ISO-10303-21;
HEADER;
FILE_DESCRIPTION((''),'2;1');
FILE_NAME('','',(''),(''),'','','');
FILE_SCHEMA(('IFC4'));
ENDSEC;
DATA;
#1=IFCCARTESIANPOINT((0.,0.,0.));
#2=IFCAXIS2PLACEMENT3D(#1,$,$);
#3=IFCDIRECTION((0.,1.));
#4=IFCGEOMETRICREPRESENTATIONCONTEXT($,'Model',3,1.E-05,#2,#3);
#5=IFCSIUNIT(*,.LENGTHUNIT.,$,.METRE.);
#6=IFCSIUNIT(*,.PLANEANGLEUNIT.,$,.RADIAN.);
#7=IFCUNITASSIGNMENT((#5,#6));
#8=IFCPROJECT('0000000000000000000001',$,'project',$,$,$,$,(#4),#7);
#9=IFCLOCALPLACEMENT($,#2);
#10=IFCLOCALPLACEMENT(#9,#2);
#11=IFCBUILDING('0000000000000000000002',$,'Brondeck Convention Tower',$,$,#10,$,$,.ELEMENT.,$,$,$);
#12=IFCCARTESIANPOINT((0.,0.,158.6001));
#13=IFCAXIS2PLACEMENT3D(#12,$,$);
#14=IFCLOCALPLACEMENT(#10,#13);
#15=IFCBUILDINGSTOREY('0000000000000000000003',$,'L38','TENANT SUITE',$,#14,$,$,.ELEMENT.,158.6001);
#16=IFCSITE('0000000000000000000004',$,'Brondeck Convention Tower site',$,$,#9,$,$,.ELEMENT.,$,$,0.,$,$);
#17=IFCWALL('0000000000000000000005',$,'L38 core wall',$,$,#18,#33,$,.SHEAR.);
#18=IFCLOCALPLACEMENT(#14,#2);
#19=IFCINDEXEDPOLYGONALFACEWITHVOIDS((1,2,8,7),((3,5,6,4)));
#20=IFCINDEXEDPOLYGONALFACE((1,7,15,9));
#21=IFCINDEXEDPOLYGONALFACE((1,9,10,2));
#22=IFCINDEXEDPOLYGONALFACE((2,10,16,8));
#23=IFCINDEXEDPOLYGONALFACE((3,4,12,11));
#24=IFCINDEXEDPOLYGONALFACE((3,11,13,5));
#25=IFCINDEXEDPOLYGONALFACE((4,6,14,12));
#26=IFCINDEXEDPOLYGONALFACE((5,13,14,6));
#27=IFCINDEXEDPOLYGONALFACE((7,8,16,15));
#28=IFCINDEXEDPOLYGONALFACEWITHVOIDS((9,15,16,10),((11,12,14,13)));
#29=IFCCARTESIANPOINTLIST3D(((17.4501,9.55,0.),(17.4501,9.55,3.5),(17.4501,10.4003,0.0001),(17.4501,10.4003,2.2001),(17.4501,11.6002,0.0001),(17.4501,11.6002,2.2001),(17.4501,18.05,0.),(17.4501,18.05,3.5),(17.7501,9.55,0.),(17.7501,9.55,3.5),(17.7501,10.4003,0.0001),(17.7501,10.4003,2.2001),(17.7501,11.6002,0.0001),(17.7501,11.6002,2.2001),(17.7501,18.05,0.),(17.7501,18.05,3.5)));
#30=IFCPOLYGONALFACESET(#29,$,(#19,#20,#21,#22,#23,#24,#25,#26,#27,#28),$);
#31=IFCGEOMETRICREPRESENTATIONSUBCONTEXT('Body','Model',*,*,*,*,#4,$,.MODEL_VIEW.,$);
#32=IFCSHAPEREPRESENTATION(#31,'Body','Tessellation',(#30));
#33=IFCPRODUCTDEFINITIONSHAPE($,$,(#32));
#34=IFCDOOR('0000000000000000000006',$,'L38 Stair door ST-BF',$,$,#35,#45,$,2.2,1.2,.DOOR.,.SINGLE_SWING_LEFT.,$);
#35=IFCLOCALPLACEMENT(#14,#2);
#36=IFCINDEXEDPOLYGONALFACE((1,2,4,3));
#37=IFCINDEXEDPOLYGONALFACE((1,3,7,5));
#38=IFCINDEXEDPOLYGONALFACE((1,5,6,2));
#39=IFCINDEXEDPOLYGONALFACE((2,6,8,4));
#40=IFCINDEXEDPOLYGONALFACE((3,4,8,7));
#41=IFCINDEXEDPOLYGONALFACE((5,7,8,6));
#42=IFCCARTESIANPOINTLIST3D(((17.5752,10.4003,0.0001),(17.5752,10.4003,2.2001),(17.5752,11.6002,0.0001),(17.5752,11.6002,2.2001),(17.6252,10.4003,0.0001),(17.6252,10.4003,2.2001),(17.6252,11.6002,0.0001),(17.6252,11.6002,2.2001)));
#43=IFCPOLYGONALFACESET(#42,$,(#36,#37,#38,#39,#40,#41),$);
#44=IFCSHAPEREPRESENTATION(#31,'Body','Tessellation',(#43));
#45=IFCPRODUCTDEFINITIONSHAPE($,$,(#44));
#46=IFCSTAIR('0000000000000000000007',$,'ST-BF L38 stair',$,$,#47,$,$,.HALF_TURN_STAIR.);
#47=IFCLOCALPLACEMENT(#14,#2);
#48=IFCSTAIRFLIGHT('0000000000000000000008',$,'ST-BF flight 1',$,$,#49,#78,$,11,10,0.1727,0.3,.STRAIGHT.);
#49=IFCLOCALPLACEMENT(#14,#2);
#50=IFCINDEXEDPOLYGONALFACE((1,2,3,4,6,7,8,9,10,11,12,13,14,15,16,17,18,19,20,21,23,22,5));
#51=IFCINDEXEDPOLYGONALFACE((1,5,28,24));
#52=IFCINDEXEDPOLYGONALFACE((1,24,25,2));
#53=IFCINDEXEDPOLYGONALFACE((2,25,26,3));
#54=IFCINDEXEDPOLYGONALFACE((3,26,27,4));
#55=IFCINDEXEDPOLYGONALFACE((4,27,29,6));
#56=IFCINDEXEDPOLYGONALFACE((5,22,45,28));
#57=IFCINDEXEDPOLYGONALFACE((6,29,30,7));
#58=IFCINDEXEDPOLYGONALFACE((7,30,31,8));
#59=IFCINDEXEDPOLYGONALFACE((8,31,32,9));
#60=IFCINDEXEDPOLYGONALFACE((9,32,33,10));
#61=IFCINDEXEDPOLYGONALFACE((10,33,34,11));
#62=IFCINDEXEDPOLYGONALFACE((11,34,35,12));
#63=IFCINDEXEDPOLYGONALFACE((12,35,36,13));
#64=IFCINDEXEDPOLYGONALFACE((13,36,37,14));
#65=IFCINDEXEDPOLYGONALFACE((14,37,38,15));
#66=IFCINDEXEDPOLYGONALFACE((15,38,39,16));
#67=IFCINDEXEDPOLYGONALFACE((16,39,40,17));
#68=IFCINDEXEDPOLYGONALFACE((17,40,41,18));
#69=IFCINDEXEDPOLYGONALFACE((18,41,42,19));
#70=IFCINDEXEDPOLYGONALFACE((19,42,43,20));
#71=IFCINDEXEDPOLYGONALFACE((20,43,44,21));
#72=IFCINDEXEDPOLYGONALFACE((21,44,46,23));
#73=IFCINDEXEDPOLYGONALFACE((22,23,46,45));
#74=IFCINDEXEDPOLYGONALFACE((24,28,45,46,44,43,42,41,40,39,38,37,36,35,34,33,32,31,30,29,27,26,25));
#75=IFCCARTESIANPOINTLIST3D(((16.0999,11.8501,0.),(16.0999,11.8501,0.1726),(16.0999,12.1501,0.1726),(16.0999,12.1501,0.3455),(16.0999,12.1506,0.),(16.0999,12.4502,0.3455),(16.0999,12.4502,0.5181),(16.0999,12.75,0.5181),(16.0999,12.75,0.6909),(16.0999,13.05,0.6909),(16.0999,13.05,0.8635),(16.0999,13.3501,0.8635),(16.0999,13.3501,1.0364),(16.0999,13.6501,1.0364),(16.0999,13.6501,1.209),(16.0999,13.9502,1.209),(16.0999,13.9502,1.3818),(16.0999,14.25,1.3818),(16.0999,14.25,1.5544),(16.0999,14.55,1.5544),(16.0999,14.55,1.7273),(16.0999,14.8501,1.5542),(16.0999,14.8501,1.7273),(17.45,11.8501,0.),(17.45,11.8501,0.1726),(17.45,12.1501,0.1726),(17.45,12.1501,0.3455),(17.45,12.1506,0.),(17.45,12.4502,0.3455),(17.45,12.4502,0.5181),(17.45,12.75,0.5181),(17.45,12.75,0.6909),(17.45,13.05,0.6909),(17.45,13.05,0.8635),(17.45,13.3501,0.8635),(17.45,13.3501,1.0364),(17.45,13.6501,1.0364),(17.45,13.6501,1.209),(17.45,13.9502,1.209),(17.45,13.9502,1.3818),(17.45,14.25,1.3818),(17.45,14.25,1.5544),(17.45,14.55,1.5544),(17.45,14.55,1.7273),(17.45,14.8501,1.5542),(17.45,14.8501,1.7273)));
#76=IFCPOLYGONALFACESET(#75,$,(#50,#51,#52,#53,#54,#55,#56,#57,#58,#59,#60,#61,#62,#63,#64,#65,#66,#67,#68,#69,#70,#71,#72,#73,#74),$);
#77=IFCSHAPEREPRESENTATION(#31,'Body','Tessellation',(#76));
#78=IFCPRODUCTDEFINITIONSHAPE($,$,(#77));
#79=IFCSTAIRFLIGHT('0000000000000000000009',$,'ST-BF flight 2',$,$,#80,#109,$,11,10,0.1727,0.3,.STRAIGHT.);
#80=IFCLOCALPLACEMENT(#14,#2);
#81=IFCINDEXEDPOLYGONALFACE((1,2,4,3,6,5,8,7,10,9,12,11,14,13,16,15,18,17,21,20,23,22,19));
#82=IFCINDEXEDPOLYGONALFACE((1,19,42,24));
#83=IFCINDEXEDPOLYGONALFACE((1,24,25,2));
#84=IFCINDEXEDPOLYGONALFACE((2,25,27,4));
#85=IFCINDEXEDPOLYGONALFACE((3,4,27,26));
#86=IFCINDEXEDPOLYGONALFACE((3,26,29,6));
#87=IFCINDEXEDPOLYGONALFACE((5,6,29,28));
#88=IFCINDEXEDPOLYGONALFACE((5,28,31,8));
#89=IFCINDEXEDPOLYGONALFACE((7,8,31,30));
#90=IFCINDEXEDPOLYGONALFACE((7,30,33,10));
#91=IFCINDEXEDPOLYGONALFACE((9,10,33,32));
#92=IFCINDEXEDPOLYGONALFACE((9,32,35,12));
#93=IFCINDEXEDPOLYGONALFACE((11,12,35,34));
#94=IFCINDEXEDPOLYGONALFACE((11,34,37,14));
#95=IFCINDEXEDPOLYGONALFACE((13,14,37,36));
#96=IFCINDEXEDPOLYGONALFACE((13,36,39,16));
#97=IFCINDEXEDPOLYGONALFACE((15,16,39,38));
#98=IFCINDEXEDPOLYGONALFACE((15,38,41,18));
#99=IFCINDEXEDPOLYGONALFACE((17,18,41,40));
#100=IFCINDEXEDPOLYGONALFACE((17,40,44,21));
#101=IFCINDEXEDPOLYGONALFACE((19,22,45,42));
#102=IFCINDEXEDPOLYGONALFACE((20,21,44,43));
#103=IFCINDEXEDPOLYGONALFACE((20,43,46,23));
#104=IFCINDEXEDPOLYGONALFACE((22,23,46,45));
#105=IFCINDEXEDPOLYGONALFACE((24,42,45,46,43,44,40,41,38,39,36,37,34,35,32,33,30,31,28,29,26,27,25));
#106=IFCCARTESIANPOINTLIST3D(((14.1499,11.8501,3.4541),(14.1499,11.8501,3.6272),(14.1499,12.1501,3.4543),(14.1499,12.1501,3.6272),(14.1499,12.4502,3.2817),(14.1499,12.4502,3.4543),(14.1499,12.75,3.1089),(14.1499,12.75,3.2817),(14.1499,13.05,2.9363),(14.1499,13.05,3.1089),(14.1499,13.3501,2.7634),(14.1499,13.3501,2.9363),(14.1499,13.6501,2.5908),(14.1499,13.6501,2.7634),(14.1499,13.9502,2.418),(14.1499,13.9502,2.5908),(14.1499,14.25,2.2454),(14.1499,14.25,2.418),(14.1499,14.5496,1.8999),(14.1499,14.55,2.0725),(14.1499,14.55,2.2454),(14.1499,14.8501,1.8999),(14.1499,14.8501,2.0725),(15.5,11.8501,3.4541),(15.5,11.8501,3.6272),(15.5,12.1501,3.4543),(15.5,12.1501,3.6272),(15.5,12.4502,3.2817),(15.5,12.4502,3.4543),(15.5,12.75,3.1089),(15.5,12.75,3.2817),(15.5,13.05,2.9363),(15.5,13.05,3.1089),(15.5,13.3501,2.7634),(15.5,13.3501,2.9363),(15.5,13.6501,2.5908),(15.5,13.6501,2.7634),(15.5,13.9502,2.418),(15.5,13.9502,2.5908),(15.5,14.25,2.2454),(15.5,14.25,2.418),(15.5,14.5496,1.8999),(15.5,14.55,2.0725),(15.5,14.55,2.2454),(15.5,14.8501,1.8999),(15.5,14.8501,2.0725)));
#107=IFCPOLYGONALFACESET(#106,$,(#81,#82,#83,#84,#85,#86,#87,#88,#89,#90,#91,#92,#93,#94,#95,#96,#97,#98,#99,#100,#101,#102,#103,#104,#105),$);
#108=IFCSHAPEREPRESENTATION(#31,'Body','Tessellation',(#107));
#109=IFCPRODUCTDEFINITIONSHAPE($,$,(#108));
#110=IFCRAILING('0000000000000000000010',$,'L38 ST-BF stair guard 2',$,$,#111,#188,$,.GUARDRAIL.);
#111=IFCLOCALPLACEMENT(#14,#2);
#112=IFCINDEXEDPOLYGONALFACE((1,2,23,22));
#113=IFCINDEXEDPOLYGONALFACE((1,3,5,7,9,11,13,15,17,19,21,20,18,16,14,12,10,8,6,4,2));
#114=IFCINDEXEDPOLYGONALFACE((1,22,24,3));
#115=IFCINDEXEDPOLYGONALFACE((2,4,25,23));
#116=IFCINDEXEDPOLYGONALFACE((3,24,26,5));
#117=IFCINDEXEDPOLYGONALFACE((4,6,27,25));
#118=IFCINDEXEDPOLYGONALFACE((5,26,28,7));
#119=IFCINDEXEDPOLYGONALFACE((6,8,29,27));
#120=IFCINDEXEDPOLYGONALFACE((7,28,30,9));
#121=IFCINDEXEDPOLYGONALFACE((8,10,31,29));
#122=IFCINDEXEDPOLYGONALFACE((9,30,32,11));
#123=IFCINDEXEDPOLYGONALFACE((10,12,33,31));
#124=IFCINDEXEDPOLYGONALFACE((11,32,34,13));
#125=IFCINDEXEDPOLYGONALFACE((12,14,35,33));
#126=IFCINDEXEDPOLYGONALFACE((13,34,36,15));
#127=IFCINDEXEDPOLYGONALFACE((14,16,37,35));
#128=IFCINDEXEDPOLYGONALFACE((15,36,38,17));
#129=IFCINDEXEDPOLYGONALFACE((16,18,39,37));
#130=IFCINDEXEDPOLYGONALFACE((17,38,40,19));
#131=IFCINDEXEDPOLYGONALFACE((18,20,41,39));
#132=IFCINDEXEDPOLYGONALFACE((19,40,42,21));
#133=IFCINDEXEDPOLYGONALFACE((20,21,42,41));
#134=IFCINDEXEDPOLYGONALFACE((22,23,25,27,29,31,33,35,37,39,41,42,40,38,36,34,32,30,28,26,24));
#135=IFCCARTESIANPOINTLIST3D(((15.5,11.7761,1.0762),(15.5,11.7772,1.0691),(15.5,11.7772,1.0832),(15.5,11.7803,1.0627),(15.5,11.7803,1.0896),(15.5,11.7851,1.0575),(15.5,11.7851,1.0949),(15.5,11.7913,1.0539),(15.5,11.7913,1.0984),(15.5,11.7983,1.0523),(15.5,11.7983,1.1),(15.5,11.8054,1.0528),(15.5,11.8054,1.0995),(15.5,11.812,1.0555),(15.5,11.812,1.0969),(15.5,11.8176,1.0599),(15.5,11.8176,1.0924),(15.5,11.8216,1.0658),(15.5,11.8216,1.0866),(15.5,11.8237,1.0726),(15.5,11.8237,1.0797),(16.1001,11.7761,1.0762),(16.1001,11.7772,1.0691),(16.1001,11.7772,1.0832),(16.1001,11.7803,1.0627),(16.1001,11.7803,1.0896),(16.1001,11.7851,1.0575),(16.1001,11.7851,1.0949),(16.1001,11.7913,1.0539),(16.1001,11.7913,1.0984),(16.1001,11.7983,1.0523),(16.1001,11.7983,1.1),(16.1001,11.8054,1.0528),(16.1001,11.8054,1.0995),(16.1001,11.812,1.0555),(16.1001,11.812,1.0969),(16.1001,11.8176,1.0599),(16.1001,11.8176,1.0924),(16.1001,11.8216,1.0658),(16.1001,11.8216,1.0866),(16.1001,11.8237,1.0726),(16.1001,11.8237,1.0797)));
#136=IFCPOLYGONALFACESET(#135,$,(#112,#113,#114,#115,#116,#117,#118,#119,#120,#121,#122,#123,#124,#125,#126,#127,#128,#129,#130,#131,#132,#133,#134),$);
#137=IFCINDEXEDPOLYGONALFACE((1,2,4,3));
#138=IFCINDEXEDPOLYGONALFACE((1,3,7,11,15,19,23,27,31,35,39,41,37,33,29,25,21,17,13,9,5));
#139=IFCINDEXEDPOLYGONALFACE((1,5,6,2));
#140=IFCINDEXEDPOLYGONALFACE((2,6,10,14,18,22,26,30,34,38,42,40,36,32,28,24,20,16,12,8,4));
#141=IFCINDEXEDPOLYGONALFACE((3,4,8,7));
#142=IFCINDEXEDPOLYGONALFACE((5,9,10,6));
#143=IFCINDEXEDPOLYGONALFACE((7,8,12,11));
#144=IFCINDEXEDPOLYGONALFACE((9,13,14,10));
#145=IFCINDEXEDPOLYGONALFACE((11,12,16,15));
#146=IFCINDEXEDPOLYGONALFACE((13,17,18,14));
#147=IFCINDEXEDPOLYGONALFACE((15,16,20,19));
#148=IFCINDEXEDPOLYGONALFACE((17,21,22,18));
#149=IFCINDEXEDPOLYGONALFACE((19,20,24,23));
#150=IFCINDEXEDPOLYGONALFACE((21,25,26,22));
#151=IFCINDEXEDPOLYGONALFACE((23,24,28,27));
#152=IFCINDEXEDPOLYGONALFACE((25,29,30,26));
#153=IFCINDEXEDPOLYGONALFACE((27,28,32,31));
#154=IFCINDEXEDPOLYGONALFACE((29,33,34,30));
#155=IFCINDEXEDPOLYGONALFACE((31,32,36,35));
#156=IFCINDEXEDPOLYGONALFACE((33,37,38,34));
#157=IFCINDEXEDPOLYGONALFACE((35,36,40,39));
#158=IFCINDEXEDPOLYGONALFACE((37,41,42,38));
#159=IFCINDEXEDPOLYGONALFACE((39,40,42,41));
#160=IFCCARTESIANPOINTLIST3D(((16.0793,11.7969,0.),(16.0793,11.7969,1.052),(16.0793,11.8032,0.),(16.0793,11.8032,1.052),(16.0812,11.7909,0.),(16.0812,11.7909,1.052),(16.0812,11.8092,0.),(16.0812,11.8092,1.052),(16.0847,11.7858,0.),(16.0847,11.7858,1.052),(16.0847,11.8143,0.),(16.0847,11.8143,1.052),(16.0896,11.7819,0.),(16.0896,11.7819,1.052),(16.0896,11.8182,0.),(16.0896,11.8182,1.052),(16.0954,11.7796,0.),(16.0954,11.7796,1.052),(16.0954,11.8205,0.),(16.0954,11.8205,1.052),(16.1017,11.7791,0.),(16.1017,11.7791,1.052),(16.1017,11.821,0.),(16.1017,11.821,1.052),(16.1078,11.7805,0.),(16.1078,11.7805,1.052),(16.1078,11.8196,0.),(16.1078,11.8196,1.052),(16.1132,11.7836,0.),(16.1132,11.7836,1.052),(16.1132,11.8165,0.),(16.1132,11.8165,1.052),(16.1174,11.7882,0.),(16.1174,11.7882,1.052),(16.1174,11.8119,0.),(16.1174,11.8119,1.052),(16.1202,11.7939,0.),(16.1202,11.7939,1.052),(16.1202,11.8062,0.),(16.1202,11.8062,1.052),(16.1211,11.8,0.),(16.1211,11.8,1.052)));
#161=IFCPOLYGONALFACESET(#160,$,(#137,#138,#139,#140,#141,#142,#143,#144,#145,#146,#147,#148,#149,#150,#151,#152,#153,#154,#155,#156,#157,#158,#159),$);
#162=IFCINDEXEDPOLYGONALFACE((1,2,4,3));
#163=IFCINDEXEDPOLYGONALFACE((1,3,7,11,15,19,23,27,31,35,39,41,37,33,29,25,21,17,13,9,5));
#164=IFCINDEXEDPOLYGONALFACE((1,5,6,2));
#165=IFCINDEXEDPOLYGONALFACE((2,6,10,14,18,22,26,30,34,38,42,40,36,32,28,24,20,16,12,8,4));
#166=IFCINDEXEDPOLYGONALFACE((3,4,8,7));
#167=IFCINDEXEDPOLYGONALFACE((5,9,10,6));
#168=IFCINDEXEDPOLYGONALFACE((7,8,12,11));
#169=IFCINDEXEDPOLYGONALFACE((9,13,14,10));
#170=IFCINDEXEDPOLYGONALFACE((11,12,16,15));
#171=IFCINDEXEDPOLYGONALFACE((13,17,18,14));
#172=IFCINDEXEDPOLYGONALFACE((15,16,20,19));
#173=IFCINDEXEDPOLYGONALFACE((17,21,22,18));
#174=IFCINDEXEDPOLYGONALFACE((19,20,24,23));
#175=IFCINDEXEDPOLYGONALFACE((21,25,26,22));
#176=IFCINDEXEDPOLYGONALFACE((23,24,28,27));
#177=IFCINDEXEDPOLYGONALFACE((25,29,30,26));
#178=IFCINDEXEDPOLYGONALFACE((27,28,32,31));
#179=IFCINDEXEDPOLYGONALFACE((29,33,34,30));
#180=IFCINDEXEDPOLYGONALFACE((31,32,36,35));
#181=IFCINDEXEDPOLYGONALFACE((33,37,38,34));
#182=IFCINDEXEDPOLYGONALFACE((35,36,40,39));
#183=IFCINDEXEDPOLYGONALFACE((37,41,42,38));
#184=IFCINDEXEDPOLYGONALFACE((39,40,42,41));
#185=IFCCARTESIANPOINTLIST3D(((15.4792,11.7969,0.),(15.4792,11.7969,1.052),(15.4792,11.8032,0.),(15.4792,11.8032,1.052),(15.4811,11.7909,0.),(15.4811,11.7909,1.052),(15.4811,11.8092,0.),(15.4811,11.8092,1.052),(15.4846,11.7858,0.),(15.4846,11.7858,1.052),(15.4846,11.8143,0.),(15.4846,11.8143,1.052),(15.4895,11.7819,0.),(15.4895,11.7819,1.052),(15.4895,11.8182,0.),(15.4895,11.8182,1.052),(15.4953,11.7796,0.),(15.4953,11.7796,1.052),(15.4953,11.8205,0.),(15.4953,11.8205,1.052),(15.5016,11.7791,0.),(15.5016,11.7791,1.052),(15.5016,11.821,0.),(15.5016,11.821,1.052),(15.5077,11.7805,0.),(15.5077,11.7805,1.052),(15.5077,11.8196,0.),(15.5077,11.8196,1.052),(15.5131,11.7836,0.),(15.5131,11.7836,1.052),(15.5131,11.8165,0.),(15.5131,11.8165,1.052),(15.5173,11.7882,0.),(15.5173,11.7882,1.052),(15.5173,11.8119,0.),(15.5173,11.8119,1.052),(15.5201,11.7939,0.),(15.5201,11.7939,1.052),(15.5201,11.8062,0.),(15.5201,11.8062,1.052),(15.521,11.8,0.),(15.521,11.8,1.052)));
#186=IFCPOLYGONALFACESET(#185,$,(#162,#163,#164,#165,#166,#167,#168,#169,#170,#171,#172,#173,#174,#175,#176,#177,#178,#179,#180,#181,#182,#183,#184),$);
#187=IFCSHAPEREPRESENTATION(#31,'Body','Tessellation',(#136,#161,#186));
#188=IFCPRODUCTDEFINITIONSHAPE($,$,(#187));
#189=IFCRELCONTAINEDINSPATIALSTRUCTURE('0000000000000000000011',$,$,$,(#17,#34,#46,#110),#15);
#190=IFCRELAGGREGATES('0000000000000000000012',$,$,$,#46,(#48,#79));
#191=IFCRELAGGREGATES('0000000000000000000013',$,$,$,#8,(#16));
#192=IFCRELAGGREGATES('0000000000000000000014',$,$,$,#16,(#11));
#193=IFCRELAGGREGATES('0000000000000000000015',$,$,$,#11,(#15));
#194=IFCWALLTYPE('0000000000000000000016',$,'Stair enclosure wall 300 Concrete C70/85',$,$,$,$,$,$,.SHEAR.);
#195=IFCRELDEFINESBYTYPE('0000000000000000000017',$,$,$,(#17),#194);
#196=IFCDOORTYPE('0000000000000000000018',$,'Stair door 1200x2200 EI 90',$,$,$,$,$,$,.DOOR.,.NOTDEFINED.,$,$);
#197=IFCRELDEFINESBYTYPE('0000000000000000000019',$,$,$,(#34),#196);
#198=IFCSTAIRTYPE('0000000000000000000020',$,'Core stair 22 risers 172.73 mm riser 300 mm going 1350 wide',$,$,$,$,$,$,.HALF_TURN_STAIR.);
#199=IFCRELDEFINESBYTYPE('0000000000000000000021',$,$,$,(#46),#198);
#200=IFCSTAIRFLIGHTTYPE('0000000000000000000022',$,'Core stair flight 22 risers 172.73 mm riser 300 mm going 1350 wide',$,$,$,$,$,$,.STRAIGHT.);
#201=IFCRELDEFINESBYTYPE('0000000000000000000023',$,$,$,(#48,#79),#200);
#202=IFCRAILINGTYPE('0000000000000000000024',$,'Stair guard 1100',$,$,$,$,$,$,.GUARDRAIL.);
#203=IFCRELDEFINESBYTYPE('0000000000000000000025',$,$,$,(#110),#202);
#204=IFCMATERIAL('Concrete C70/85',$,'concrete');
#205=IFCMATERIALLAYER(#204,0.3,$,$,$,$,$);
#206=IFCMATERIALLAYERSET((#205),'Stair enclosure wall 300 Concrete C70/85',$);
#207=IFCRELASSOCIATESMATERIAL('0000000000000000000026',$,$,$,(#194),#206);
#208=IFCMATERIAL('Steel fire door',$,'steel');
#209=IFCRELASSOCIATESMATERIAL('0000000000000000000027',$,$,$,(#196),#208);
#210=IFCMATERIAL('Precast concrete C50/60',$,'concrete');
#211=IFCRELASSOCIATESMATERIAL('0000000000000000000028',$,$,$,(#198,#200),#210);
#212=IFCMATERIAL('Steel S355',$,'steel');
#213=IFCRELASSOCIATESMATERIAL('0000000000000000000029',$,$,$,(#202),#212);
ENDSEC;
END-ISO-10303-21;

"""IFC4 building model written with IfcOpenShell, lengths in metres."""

from ifc_helpers import new_model, si_unit, direction, frame, frame_2d, origin, origin_2d, place, context, subcontext, project, spatial, polyline, rectangle, circle, outline, extrude, material, layer, layer_set, type_object, element, fill, aggregate, save


model = new_model("IFC4")

# Units and contexts
model_context = context("Model", 3, precision=1e-05, world=origin(), true_north=direction((0.0, 1.0)))
body_context = subcontext(model_context, "Body", "Model", "MODEL_VIEW")
ifc_project = project(units=[si_unit("LENGTHUNIT", "METRE"), si_unit("PLANEANGLEUNIT", "RADIAN")], contexts=[model_context])

# Site, building, storey
site_placement = place(None, origin())
site = spatial("IfcSite", under=ifc_project, at=site_placement, Name="Brondeck Convention Tower site", CompositionType="ELEMENT", RefElevation=0.0)
building_placement = place(site_placement, origin())
building = spatial("IfcBuilding", under=site, at=building_placement, Name="Brondeck Convention Tower", CompositionType="ELEMENT")
storey_placement = place(building_placement, frame((0.0, 0.0, 158.6001)))
storey = spatial("IfcBuildingStorey", under=building, at=storey_placement, Name="L38", Description="TENANT SUITE", CompositionType="ELEMENT", Elevation=158.6001)

# Shared definitions
ifc_material_1 = material(Name="Concrete C70/85", Category="concrete")

# Shared definitions
ifc_material_2 = material(Name="Steel S355", Category="steel")

# Shared definitions
ifc_layer_1 = layer(ifc_material_1, 0.3)
ifc_layer_set_1 = layer_set([ifc_layer_1], Name="Stair enclosure wall 300 Concrete C70/85")
wall_type_1 = type_object("IfcWallType", Name="Stair enclosure wall 300 Concrete C70/85", PredefinedType="SHEAR", material=ifc_layer_set_1)

# Wall, opening, door
wall_1_placement = place(storey_placement, frame((17.6001, 9.55, 0.0), z_axis=(0.0, 0.0, 1.0), x_axis=(0.0, 1.0, 0.0)))
wall_1 = element("IfcWall", 1, at=wall_1_placement, inside=storey, type_object=wall_type_1, Name="L38 core wall", PredefinedType="SHEAR", context=body_context, shape_type="SweptSolid", body=[
    extrude(rectangle(XDim=8.5, YDim=0.3, at=frame_2d((4.25, 0.0))), origin(), (0.0, 0.0, 1.0), 3.5),
])
opening_1_placement = place(wall_1_placement, frame((0.8501, 0.0, 0.0)))
opening_1 = element("IfcOpeningElement", 2, at=opening_1_placement, cuts=wall_1, PredefinedType="OPENING", context=body_context, shape_type="SweptSolid", body=[
    extrude(rectangle(XDim=1.2, YDim=2.2, at=frame_2d((0.6001, 1.1001))), frame((0.0, 0.1599, 0.0), z_axis=(0.0, -1.0, 0.0), x_axis=(1.0, 0.0, 0.0)), (0.0, 0.0, 1.0), 0.3201),
])
ifc_material_3 = material(Name="Steel fire door", Category="steel")
door_type_1 = type_object("IfcDoorType", Name="Stair door 1200x2200 EI 90", OperationType="NOTDEFINED", PredefinedType="DOOR", material=ifc_material_3)
door_1_placement = place(opening_1_placement, origin())
door_1 = element("IfcDoor", 3, at=door_1_placement, inside=storey, type_object=door_type_1, Name="L38 Stair door ST-BF", OperationType="SINGLE_SWING_LEFT", OverallHeight=2.2, OverallWidth=1.2, PredefinedType="DOOR", context=body_context, shape_type="SweptSolid", body=[
    extrude(rectangle(XDim=1.2, YDim=2.2, at=frame_2d((0.6001, 1.1001))), frame((0.0, 0.0249, 0.0), z_axis=(0.0, -1.0, 0.0), x_axis=(1.0, 0.0, 0.0)), (0.0, 0.0, 1.0), 0.05),
])
fill(opening_1, door_1)

# Stair, stair flights
ifc_material_4 = material(Name="Precast concrete C50/60", Category="concrete")
stair_type = type_object("IfcStairType", Name="Core stair 22 risers 172.73 mm riser 300 mm going 1350 wide", PredefinedType="HALF_TURN_STAIR", material=ifc_material_4)
stair_placement = place(storey_placement, origin())
stair = element("IfcStair", 4, at=stair_placement, inside=storey, type_object=stair_type, Name="ST-BF L38 stair", PredefinedType="HALF_TURN_STAIR")
stair_flight_type = type_object("IfcStairFlightType", Name="Core stair flight 22 risers 172.73 mm riser 300 mm going 1350 wide", PredefinedType="STRAIGHT", material=ifc_material_4)
stair_flight_1_placement = place(storey_placement, frame((16.7749, 11.8501, 0.0), z_axis=(0.0, 0.0, 1.0), x_axis=(0.0, 1.0, 0.0)))
stair_flight_1 = element("IfcStairFlight", 5, at=stair_flight_1_placement, type_object=stair_flight_type, Name="ST-BF flight 1", NumberOfRisers=11, NumberOfTreads=10, PredefinedType="STRAIGHT", RiserHeight=0.1727, TreadLength=0.3, context=body_context, shape_type="SweptSolid", body=[
    extrude(outline(polyline([(0.0, 0.0), (0.0, 0.1726), (0.3, 0.1726), (0.3, 0.3455), (0.6001, 0.3455), (0.6001, 0.5181), (0.8999, 0.5181), (0.8999, 0.6909), (1.2, 0.6909), (1.2, 0.8635), (1.5, 0.8635), (1.5, 1.0364), (1.8, 1.0364), (1.8, 1.209), (2.1001, 1.209), (2.1001, 1.3818), (2.3999, 1.3818), (2.3999, 1.5544), (2.7, 1.5544), (2.7, 1.7273), (3.0, 1.7273), (3.0, 1.8999), (3.0, 1.5542), (0.3005, 0.0), (0.0, 0.0)])), frame((0.0, 0.675, 0.0), z_axis=(0.0, -1.0, 0.0), x_axis=(1.0, 0.0, 0.0)), (0.0, 0.0, 1.0), 1.3501),
])
stair_flight_2_placement = place(storey_placement, frame((14.825, 14.8501, 1.8999), z_axis=(0.0, 0.0, 1.0), x_axis=(0.0, -1.0, 0.0)))
stair_flight_2 = element("IfcStairFlight", 6, at=stair_flight_2_placement, type_object=stair_flight_type, Name="ST-BF flight 2", NumberOfRisers=11, NumberOfTreads=10, PredefinedType="STRAIGHT", RiserHeight=0.1727, TreadLength=0.3, context=body_context, shape_type="SweptSolid", body=[
    extrude(outline(polyline([(0.0, 0.0), (0.0, 0.1726), (0.3, 0.1726), (0.3, 0.3455), (0.6001, 0.3455), (0.6001, 0.5181), (0.8999, 0.5181), (0.8999, 0.6909), (1.2, 0.6909), (1.2, 0.8635), (1.5, 0.8635), (1.5, 1.0364), (1.8, 1.0364), (1.8, 1.209), (2.1001, 1.209), (2.1001, 1.3818), (2.3999, 1.3818), (2.3999, 1.5544), (2.7, 1.5544), (2.7, 1.7273), (3.0, 1.7273), (3.0, 1.8999), (3.0, 1.5542), (0.3005, 0.0), (0.0, 0.0)])), frame((0.0, 0.675, 0.0), z_axis=(0.0, -1.0, 0.0), x_axis=(1.0, 0.0, 0.0)), (0.0, 0.0, 1.0), 1.3501),
])
aggregate(stair, [stair_flight_1, stair_flight_2])

# Railing
railing_type_1 = type_object("IfcRailingType", Name="Stair guard 1100", PredefinedType="GUARDRAIL", material=ifc_material_2)
railing_1_placement = place(storey_placement, frame((16.1001, 11.8, 0.0)))
element("IfcRailing", 7, at=railing_1_placement, inside=storey, type_object=railing_type_1, Name="L38 ST-BF stair guard 2", PredefinedType="GUARDRAIL", context=body_context, shape_type="SweptSolid", body=[
    extrude(circle(Radius=0.0239, at=origin_2d()), frame((0.0, 0.0, 1.0762), z_axis=(-1.0, 0.0, 0.0), x_axis=(0.0, -1.0, 0.0)), (0.0, 0.0, 1.0), 0.6001),
    extrude(circle(Radius=0.021, at=origin_2d()), origin(), (0.0, 0.0, 1.0), 1.052),
    extrude(circle(Radius=0.021, at=origin_2d()), frame((-0.6001, 0.0, 0.0)), (0.0, 0.0, 1.0), 1.052),
])

save(model, "model.ifc")
